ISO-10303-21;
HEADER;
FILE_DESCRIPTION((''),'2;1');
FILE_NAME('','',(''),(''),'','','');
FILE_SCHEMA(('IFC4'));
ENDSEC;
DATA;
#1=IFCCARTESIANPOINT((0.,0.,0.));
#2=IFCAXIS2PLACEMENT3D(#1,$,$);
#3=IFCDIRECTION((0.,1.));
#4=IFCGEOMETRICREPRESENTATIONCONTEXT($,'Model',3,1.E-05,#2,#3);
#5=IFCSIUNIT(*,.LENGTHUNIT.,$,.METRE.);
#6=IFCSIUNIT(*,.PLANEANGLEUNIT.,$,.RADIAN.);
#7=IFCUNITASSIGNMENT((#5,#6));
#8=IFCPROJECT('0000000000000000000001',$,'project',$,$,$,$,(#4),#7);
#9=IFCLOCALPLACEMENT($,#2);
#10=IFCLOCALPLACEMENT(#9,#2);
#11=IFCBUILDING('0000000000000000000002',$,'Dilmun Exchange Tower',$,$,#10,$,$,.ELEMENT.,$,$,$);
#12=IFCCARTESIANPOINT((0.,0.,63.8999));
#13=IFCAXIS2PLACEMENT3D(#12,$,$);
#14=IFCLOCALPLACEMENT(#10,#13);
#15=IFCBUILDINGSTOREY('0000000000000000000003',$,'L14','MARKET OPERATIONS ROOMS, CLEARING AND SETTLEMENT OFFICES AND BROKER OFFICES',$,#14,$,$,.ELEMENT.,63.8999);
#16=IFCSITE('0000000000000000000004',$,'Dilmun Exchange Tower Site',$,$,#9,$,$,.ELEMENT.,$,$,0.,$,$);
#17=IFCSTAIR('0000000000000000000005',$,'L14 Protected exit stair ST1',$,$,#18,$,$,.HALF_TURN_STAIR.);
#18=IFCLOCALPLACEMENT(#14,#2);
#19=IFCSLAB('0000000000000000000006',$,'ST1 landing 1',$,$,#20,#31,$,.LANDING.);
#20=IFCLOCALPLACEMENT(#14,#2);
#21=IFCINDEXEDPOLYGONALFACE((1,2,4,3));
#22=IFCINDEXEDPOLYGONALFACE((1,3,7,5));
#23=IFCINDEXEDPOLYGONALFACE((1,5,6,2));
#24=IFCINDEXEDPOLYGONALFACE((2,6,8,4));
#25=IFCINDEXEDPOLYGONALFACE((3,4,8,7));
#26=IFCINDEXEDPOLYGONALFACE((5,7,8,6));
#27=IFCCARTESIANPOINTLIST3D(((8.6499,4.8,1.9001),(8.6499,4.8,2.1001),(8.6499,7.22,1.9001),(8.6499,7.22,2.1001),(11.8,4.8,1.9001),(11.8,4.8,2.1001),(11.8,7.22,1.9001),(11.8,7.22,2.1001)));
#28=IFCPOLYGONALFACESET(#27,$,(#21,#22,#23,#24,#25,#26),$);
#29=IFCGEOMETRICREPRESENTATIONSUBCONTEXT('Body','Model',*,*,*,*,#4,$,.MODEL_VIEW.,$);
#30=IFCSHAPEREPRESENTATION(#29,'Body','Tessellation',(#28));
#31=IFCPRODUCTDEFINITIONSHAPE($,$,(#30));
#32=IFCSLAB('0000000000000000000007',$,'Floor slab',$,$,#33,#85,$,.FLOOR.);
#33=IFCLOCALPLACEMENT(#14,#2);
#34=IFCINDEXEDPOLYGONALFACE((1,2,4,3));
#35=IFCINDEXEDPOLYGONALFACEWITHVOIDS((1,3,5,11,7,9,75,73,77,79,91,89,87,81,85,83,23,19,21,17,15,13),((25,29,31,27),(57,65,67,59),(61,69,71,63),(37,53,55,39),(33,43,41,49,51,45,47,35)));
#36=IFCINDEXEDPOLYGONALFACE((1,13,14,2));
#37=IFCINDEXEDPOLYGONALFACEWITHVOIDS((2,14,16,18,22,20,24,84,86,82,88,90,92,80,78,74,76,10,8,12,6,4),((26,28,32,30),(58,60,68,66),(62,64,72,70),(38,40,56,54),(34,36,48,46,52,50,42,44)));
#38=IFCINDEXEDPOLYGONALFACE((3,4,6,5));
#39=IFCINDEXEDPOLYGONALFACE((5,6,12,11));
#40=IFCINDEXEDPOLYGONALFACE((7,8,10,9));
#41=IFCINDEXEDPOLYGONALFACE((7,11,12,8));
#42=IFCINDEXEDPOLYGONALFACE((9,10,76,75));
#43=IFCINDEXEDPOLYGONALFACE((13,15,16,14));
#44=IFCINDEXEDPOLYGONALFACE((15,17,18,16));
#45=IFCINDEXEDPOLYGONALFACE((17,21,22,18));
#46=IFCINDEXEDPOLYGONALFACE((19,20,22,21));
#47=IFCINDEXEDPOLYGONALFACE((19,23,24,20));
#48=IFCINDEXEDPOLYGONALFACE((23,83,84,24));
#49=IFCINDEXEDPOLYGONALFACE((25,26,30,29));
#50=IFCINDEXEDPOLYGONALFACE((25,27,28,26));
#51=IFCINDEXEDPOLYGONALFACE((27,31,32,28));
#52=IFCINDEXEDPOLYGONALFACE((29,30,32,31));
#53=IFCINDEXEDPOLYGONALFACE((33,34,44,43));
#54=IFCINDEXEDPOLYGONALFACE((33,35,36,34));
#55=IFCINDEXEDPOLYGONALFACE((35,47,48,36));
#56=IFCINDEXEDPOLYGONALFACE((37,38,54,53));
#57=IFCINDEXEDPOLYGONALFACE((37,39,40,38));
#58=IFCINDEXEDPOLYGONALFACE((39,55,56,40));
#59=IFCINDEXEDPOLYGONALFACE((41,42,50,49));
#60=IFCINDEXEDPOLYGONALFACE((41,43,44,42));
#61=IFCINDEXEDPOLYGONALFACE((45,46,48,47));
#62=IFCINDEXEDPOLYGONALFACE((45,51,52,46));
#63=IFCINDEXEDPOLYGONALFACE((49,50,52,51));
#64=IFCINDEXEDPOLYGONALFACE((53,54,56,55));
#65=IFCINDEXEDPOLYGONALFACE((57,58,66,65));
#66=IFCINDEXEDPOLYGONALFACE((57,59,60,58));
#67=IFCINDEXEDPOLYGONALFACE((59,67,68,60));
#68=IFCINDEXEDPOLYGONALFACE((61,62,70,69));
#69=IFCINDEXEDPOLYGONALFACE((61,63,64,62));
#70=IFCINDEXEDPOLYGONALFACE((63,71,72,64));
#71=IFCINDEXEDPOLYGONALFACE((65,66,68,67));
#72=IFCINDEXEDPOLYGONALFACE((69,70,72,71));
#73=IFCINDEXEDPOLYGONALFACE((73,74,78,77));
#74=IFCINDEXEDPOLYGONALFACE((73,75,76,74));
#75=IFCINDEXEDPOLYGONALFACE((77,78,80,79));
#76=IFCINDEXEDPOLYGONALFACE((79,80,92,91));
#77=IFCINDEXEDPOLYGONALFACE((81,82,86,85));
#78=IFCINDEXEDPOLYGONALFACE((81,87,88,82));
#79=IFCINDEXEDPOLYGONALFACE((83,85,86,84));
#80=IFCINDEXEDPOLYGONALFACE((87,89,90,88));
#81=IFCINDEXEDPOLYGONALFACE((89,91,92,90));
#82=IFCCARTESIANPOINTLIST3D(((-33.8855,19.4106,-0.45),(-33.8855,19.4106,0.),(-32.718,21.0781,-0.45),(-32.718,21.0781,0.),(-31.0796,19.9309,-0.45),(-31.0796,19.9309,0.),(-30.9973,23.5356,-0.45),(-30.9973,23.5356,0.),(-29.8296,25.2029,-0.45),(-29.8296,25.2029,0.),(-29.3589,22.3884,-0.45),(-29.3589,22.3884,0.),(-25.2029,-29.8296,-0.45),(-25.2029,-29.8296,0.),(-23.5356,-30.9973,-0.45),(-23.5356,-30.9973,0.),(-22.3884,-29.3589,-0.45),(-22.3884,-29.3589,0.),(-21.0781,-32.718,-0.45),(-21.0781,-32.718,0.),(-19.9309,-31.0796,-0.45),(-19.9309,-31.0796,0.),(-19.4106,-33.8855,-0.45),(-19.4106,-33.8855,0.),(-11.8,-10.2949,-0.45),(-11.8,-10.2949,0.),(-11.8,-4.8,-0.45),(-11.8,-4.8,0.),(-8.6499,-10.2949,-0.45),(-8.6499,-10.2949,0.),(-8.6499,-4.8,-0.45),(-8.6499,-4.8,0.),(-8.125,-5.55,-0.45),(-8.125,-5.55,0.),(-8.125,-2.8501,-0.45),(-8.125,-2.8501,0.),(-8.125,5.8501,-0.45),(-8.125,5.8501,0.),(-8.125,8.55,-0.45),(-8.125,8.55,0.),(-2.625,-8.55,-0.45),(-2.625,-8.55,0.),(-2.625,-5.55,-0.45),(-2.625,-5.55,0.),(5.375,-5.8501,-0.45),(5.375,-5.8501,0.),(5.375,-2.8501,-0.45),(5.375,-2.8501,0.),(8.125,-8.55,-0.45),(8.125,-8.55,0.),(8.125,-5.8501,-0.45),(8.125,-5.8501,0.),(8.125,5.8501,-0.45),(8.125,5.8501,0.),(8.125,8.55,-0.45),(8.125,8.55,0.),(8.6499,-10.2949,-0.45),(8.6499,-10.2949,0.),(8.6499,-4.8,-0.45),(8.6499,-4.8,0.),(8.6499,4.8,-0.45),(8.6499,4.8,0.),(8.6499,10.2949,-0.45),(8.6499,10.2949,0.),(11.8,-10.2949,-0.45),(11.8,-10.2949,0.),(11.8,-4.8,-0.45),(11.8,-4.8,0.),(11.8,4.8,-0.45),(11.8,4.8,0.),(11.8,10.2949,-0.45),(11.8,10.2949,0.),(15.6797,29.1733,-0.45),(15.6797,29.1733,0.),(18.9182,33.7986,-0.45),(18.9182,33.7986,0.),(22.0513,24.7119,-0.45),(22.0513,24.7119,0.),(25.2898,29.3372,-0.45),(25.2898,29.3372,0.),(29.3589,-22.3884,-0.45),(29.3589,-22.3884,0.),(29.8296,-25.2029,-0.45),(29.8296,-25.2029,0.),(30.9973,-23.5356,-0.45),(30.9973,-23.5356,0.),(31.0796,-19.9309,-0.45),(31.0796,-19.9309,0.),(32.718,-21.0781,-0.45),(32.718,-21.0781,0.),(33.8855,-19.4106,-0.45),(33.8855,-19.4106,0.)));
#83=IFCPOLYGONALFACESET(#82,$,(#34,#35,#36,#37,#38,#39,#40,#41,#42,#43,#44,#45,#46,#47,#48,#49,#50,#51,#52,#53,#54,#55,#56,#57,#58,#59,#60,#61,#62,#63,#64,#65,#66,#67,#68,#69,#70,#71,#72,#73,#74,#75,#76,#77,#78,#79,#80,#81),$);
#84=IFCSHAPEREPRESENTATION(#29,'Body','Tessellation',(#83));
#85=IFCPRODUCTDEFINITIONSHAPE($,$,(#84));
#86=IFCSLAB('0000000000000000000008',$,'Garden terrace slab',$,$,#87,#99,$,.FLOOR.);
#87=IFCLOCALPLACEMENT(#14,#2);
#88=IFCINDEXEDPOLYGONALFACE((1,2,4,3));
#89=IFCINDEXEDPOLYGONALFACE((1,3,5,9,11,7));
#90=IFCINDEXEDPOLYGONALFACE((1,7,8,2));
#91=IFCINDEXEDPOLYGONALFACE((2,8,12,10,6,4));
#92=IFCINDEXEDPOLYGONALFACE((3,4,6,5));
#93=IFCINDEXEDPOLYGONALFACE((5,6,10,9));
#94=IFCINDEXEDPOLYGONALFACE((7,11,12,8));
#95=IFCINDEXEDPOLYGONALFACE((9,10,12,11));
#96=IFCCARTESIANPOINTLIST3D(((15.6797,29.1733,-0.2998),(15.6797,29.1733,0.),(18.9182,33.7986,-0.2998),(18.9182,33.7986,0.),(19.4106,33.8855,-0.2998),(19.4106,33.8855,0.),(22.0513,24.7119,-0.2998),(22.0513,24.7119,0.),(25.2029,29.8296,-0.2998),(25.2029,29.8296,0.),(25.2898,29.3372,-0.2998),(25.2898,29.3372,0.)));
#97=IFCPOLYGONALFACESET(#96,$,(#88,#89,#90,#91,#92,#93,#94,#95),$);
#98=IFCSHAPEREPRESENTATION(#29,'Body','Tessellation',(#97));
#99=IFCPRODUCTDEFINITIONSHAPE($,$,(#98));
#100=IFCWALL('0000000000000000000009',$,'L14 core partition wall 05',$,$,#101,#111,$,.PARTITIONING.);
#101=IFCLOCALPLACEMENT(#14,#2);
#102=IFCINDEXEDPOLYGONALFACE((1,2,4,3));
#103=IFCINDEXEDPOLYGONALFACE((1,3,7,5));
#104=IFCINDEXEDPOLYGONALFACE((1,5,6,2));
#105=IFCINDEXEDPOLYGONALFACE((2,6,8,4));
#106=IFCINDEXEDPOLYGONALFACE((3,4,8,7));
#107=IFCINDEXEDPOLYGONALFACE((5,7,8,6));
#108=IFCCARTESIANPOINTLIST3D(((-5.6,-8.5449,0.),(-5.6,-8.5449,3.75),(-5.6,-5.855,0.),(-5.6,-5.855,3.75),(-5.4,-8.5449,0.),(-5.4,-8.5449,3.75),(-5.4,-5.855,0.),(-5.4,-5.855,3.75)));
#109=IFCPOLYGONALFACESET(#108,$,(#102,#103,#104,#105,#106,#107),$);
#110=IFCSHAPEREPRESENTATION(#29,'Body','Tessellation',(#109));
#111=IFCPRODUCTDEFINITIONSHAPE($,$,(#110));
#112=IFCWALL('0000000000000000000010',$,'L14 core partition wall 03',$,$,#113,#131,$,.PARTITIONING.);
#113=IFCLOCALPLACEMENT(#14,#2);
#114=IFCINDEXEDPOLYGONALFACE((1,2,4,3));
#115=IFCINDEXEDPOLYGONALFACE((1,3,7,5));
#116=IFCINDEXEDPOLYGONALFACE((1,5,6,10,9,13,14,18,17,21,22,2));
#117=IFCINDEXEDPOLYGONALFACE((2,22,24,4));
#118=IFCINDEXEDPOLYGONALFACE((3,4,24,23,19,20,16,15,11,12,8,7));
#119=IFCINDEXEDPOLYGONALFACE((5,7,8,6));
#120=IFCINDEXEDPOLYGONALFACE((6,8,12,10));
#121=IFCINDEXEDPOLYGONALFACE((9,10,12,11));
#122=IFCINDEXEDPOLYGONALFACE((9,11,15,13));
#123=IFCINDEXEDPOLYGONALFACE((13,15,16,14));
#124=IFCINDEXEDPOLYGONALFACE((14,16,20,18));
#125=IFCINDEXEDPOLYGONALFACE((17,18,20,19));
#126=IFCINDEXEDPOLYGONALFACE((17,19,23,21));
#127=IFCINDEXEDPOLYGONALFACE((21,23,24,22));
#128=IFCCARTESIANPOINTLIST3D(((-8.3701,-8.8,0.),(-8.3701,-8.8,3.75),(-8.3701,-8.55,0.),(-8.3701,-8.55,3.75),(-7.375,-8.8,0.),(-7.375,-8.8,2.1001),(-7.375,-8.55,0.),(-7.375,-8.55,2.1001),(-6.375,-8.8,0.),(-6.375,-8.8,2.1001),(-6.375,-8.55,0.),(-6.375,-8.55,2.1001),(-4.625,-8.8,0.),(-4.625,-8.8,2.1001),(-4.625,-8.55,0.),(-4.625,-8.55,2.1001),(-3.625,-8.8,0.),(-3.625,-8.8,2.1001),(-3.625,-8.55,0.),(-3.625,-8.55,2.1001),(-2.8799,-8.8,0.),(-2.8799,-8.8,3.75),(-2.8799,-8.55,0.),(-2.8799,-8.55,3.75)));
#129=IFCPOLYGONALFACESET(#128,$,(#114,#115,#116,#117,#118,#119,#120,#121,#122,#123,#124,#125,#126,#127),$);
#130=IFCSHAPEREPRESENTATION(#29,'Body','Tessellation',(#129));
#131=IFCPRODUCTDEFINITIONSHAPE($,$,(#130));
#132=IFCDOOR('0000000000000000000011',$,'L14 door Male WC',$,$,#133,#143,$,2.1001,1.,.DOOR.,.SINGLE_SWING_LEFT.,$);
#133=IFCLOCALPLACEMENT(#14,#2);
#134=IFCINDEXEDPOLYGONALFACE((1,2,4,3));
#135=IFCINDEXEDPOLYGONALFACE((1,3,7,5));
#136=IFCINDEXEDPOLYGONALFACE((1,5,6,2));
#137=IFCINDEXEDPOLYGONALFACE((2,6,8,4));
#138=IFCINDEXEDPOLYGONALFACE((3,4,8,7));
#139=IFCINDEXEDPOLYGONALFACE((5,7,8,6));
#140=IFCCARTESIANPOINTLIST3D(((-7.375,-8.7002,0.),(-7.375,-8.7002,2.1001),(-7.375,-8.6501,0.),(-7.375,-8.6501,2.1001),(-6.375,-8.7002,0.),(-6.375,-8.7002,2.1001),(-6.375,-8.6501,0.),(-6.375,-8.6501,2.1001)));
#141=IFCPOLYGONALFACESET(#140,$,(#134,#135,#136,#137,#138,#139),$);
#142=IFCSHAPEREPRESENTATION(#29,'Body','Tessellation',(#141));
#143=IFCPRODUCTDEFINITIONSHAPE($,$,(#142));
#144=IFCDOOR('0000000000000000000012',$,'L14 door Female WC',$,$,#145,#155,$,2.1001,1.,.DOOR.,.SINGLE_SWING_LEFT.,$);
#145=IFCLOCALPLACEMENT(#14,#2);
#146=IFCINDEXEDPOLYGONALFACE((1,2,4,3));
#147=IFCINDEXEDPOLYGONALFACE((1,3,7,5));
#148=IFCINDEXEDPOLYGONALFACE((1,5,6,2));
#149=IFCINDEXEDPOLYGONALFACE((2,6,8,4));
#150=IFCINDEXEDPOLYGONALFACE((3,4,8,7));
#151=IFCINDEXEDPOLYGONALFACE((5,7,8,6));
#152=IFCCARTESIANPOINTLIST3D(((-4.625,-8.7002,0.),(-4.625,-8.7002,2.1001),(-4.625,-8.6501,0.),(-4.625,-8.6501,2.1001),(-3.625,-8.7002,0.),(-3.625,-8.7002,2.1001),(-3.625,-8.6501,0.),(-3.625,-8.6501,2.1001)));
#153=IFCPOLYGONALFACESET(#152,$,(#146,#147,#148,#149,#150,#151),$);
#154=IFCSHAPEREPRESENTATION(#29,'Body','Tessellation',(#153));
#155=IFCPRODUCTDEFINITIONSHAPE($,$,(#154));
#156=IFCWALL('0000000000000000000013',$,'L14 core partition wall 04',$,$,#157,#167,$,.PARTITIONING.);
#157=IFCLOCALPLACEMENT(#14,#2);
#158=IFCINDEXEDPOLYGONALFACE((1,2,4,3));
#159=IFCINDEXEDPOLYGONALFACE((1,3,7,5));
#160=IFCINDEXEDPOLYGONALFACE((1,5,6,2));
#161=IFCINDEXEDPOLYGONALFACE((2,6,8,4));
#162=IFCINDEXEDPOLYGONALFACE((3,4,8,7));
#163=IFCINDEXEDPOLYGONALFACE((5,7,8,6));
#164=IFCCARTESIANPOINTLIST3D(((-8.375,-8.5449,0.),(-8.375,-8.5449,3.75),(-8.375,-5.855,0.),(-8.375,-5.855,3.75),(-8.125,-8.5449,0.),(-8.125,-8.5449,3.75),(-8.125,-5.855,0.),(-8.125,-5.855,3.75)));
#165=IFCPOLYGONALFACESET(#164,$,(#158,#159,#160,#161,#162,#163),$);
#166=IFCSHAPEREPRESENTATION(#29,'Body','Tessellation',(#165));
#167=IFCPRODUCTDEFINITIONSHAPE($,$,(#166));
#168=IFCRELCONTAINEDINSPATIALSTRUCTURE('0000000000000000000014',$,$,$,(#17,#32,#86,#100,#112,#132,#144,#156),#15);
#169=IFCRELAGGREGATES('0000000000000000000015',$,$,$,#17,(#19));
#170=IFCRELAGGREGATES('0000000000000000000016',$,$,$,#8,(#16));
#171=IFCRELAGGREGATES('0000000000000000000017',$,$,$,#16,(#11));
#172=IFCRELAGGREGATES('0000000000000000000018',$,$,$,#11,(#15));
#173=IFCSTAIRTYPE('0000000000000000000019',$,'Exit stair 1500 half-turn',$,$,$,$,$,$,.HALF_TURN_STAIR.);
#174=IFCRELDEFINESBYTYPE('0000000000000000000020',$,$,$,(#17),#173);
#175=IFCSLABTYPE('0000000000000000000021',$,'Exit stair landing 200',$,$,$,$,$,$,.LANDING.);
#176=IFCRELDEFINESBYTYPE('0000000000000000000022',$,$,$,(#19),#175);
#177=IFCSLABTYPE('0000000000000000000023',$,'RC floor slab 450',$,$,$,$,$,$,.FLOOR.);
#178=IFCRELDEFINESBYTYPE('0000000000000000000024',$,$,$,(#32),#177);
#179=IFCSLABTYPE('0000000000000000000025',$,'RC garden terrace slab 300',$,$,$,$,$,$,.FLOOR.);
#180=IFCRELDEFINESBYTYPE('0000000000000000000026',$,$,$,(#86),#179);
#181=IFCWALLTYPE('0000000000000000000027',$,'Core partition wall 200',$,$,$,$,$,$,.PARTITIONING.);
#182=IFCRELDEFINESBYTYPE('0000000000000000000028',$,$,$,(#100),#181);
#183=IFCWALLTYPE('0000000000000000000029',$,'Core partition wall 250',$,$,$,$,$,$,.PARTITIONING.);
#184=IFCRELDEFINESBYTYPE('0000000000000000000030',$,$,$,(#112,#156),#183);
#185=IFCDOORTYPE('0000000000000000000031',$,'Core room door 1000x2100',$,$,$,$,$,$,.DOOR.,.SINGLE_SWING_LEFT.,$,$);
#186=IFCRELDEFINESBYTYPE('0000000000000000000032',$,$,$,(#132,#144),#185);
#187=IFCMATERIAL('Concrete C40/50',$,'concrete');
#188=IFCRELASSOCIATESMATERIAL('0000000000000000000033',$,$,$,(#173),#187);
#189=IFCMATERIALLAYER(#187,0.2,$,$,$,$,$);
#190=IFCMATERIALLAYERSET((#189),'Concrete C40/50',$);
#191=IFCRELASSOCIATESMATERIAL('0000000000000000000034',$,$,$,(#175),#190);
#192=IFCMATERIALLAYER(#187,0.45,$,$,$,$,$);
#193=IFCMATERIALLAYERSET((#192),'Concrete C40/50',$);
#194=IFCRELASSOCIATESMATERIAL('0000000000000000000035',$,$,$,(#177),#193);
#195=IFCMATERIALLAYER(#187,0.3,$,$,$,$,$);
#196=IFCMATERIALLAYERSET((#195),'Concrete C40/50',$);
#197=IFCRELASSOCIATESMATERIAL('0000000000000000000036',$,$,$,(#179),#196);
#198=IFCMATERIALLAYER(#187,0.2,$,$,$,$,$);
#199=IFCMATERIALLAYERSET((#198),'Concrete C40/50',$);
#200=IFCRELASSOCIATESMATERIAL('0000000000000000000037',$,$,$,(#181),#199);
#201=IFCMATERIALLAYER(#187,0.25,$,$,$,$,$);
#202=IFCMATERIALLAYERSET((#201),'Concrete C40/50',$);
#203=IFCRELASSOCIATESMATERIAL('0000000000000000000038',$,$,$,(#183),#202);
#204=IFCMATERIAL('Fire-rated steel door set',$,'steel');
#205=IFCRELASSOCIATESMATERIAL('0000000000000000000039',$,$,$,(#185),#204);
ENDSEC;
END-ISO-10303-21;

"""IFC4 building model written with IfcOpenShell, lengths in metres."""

from ifc_helpers import new_model, si_unit, direction, frame, frame_2d, origin, place, context, subcontext, project, spatial, polyline, rectangle, outline, extrude, material, layer, layer_set, type_object, element, fill, aggregate, save


model = new_model("IFC4")

# Units and contexts
model_context = context("Model", 3, precision=1e-05, world=origin(), true_north=direction((0.0, 1.0)))
body_context = subcontext(model_context, "Body", "Model", "MODEL_VIEW")
ifc_project = project(units=[si_unit("LENGTHUNIT", "METRE"), si_unit("PLANEANGLEUNIT", "RADIAN")], contexts=[model_context])

# Site, building, storey
site_placement = place(None, origin())
site = spatial("IfcSite", under=ifc_project, at=site_placement, Name="Dilmun Exchange Tower Site", CompositionType="ELEMENT", RefElevation=0.0)
building_placement = place(site_placement, origin())
building = spatial("IfcBuilding", under=site, at=building_placement, Name="Dilmun Exchange Tower", CompositionType="ELEMENT")
storey_placement = place(building_placement, frame((0.0, 0.0, 63.8999)))
storey = spatial("IfcBuildingStorey", under=building, at=storey_placement, Name="L14", Description="MARKET OPERATIONS ROOMS, CLEARING AND SETTLEMENT OFFICES AND BROKER OFFICES", CompositionType="ELEMENT", Elevation=63.8999)

# Stair, slab
ifc_material_1 = material(Name="Concrete C40/50", Category="concrete")
stair_type = type_object("IfcStairType", Name="Exit stair 1500 half-turn", PredefinedType="HALF_TURN_STAIR", material=ifc_material_1)
stair_placement = place(storey_placement, origin())
stair = element("IfcStair", 1, at=stair_placement, inside=storey, type_object=stair_type, Name="L14 Protected exit stair ST1", PredefinedType="HALF_TURN_STAIR")
ifc_layer_1 = layer(ifc_material_1, 0.2)
ifc_layer_set_1 = layer_set([ifc_layer_1], Name="Concrete C40/50")
slab_type_1 = type_object("IfcSlabType", Name="Exit stair landing 200", PredefinedType="LANDING", material=ifc_layer_set_1)
slab_1_placement = place(storey_placement, frame((0.0, 0.0, 1.9001)))
slab_1 = element("IfcSlab", 2, at=slab_1_placement, type_object=slab_type_1, Name="ST1 landing 1", PredefinedType="LANDING", context=body_context, shape_type="SweptSolid", body=[
    extrude(outline(polyline([(8.6499, 7.22), (8.6499, 4.8), (11.8, 4.8), (11.8, 7.22), (8.6499, 7.22)])), origin(), (0.0, 0.0, 1.0), 0.2),
])
aggregate(stair, [slab_1])

# Slabs
ifc_layer_2 = layer(ifc_material_1, 0.45)
ifc_layer_set_2 = layer_set([ifc_layer_2], Name="Concrete C40/50")
slab_type_2 = type_object("IfcSlabType", Name="RC floor slab 450", PredefinedType="FLOOR", material=ifc_layer_set_2)
slab_2_placement = place(storey_placement, frame((0.0, 0.0, -0.45)))
element("IfcSlab", 3, at=slab_2_placement, inside=storey, type_object=slab_type_2, Name="Floor slab", PredefinedType="FLOOR", context=body_context, shape_type="SweptSolid", body=[
    extrude(outline(polyline([(32.718, -21.0781), (31.0796, -19.9309), (29.3589, -22.3884), (30.9973, -23.5356), (29.8296, -25.2029), (-19.4106, -33.8855), (-21.0781, -32.718), (-19.9309, -31.0796), (-22.3884, -29.3589), (-23.5356, -30.9973), (-25.2029, -29.8296), (-33.8855, 19.4106), (-32.718, 21.0781), (-31.0796, 19.9309), (-29.3589, 22.3884), (-30.9973, 23.5356), (-29.8296, 25.2029), (18.9182, 33.7986), (15.6797, 29.1733), (22.0513, 24.7119), (25.2898, 29.3372), (33.8855, -19.4106), (32.718, -21.0781)]), holes=[polyline([(-8.6499, -4.8), (-11.8, -4.8), (-11.8, -10.2949), (-8.6499, -10.2949), (-8.6499, -4.8)]), polyline([(11.8, -4.8), (8.6499, -4.8), (8.6499, -10.2949), (11.8, -10.2949), (11.8, -4.8)]), polyline([(-8.125, -2.8501), (-8.125, -5.55), (-2.625, -5.55), (-2.625, -8.55), (8.125, -8.55), (8.125, -5.8501), (5.375, -5.8501), (5.375, -2.8501), (-8.125, -2.8501)]), polyline([(-8.125, 5.8501), (8.125, 5.8501), (8.125, 8.55), (-8.125, 8.55), (-8.125, 5.8501)]), polyline([(8.6499, 10.2949), (8.6499, 4.8), (11.8, 4.8), (11.8, 10.2949), (8.6499, 10.2949)])]), origin(), (0.0, 0.0, 1.0), 0.45),
])
ifc_layer_3 = layer(ifc_material_1, 0.3)
ifc_layer_set_3 = layer_set([ifc_layer_3], Name="Concrete C40/50")
slab_type_3 = type_object("IfcSlabType", Name="RC garden terrace slab 300", PredefinedType="FLOOR", material=ifc_layer_set_3)
slab_3_placement = place(storey_placement, frame((0.0, 0.0, -0.2998)))
element("IfcSlab", 4, at=slab_3_placement, inside=storey, type_object=slab_type_3, Name="Garden terrace slab", PredefinedType="FLOOR", context=body_context, shape_type="SweptSolid", body=[
    extrude(outline(polyline([(15.6797, 29.1733), (18.9182, 33.7986), (19.4106, 33.8855), (25.2029, 29.8296), (25.2898, 29.3372), (22.0513, 24.7119), (15.6797, 29.1733)])), origin(), (0.0, 0.0, 1.0), 0.2998),
])

# Wall
ifc_layer_4 = layer(ifc_material_1, 0.2)
ifc_layer_set_4 = layer_set([ifc_layer_4], Name="Concrete C40/50")
wall_type_1 = type_object("IfcWallType", Name="Core partition wall 200", PredefinedType="PARTITIONING", material=ifc_layer_set_4)
wall_1_placement = place(storey_placement, frame((-5.5, -8.5449, 0.0), z_axis=(0.0, 0.0, 1.0), x_axis=(0.0, 1.0, 0.0)))
element("IfcWall", 5, at=wall_1_placement, inside=storey, type_object=wall_type_1, Name="L14 core partition wall 05", PredefinedType="PARTITIONING", context=body_context, shape_type="SweptSolid", body=[
    extrude(rectangle(XDim=2.6899, YDim=0.2, at=frame_2d((1.345, 0.0))), origin(), (0.0, 0.0, 1.0), 3.75),
])

# Wall, openings, doors
ifc_layer_5 = layer(ifc_material_1, 0.25)
ifc_layer_set_5 = layer_set([ifc_layer_5], Name="Concrete C40/50")
wall_type_2 = type_object("IfcWallType", Name="Core partition wall 250", PredefinedType="PARTITIONING", material=ifc_layer_set_5)
wall_2_placement = place(storey_placement, frame((-8.3701, -8.675, 0.0), z_axis=(0.0, 0.0, 1.0), x_axis=(1.0, 0.0, 0.0)))
wall_2 = element("IfcWall", 6, at=wall_2_placement, inside=storey, type_object=wall_type_2, Name="L14 core partition wall 03", PredefinedType="PARTITIONING", context=body_context, shape_type="SweptSolid", body=[
    extrude(rectangle(XDim=5.4902, YDim=0.25, at=frame_2d((2.7451, 0.0))), origin(), (0.0, 0.0, 1.0), 3.75),
])
opening_1_placement = place(wall_2_placement, frame((0.9951, 0.0, 0.0)))
opening_1 = element("IfcOpeningElement", 7, at=opening_1_placement, cuts=wall_2, PredefinedType="OPENING", context=body_context, shape_type="SweptSolid", body=[
    extrude(rectangle(XDim=1.0, YDim=2.1001, at=frame_2d((0.5, 1.05))), frame((0.0, 0.135, 0.0), z_axis=(0.0, -1.0, 0.0), x_axis=(1.0, 0.0, 0.0)), (0.0, 0.0, 1.0), 0.27),
])
opening_2_placement = place(wall_2_placement, frame((3.7451, 0.0, 0.0)))
opening_2 = element("IfcOpeningElement", 8, at=opening_2_placement, cuts=wall_2, PredefinedType="OPENING", context=body_context, shape_type="SweptSolid", body=[
    extrude(rectangle(XDim=1.0, YDim=2.1001, at=frame_2d((0.5, 1.05))), frame((0.0, 0.135, 0.0), z_axis=(0.0, -1.0, 0.0), x_axis=(1.0, 0.0, 0.0)), (0.0, 0.0, 1.0), 0.27),
])
ifc_material_2 = material(Name="Fire-rated steel door set", Category="steel")
door_type_1 = type_object("IfcDoorType", Name="Core room door 1000x2100", OperationType="SINGLE_SWING_LEFT", PredefinedType="DOOR", material=ifc_material_2)
door_1_placement = place(opening_1_placement, origin())
door_1 = element("IfcDoor", 9, at=door_1_placement, inside=storey, type_object=door_type_1, Name="L14 door Male WC", OperationType="SINGLE_SWING_LEFT", OverallHeight=2.1001, OverallWidth=1.0, PredefinedType="DOOR", context=body_context, shape_type="SweptSolid", body=[
    extrude(rectangle(XDim=1.0, YDim=2.1001, at=frame_2d((0.5, 1.05))), frame((0.0, 0.0249, 0.0), z_axis=(0.0, -1.0, 0.0), x_axis=(1.0, 0.0, 0.0)), (0.0, 0.0, 1.0), 0.05),
])
fill(opening_1, door_1)
door_2_placement = place(opening_2_placement, origin())
door_2 = element("IfcDoor", 10, at=door_2_placement, inside=storey, type_object=door_type_1, Name="L14 door Female WC", OperationType="SINGLE_SWING_LEFT", OverallHeight=2.1001, OverallWidth=1.0, PredefinedType="DOOR", context=body_context, shape_type="SweptSolid", body=[
    extrude(rectangle(XDim=1.0, YDim=2.1001, at=frame_2d((0.5, 1.05))), frame((0.0, 0.0249, 0.0), z_axis=(0.0, -1.0, 0.0), x_axis=(1.0, 0.0, 0.0)), (0.0, 0.0, 1.0), 0.05),
])
fill(opening_2, door_2)

# Wall
wall_3_placement = place(storey_placement, frame((-8.25, -8.5449, 0.0), z_axis=(0.0, 0.0, 1.0), x_axis=(0.0, 1.0, 0.0)))
element("IfcWall", 11, at=wall_3_placement, inside=storey, type_object=wall_type_2, Name="L14 core partition wall 04", PredefinedType="PARTITIONING", context=body_context, shape_type="SweptSolid", body=[
    extrude(rectangle(XDim=2.6899, YDim=0.25, at=frame_2d((1.345, 0.0))), origin(), (0.0, 0.0, 1.0), 3.75),
])

save(model, "model.ifc")
